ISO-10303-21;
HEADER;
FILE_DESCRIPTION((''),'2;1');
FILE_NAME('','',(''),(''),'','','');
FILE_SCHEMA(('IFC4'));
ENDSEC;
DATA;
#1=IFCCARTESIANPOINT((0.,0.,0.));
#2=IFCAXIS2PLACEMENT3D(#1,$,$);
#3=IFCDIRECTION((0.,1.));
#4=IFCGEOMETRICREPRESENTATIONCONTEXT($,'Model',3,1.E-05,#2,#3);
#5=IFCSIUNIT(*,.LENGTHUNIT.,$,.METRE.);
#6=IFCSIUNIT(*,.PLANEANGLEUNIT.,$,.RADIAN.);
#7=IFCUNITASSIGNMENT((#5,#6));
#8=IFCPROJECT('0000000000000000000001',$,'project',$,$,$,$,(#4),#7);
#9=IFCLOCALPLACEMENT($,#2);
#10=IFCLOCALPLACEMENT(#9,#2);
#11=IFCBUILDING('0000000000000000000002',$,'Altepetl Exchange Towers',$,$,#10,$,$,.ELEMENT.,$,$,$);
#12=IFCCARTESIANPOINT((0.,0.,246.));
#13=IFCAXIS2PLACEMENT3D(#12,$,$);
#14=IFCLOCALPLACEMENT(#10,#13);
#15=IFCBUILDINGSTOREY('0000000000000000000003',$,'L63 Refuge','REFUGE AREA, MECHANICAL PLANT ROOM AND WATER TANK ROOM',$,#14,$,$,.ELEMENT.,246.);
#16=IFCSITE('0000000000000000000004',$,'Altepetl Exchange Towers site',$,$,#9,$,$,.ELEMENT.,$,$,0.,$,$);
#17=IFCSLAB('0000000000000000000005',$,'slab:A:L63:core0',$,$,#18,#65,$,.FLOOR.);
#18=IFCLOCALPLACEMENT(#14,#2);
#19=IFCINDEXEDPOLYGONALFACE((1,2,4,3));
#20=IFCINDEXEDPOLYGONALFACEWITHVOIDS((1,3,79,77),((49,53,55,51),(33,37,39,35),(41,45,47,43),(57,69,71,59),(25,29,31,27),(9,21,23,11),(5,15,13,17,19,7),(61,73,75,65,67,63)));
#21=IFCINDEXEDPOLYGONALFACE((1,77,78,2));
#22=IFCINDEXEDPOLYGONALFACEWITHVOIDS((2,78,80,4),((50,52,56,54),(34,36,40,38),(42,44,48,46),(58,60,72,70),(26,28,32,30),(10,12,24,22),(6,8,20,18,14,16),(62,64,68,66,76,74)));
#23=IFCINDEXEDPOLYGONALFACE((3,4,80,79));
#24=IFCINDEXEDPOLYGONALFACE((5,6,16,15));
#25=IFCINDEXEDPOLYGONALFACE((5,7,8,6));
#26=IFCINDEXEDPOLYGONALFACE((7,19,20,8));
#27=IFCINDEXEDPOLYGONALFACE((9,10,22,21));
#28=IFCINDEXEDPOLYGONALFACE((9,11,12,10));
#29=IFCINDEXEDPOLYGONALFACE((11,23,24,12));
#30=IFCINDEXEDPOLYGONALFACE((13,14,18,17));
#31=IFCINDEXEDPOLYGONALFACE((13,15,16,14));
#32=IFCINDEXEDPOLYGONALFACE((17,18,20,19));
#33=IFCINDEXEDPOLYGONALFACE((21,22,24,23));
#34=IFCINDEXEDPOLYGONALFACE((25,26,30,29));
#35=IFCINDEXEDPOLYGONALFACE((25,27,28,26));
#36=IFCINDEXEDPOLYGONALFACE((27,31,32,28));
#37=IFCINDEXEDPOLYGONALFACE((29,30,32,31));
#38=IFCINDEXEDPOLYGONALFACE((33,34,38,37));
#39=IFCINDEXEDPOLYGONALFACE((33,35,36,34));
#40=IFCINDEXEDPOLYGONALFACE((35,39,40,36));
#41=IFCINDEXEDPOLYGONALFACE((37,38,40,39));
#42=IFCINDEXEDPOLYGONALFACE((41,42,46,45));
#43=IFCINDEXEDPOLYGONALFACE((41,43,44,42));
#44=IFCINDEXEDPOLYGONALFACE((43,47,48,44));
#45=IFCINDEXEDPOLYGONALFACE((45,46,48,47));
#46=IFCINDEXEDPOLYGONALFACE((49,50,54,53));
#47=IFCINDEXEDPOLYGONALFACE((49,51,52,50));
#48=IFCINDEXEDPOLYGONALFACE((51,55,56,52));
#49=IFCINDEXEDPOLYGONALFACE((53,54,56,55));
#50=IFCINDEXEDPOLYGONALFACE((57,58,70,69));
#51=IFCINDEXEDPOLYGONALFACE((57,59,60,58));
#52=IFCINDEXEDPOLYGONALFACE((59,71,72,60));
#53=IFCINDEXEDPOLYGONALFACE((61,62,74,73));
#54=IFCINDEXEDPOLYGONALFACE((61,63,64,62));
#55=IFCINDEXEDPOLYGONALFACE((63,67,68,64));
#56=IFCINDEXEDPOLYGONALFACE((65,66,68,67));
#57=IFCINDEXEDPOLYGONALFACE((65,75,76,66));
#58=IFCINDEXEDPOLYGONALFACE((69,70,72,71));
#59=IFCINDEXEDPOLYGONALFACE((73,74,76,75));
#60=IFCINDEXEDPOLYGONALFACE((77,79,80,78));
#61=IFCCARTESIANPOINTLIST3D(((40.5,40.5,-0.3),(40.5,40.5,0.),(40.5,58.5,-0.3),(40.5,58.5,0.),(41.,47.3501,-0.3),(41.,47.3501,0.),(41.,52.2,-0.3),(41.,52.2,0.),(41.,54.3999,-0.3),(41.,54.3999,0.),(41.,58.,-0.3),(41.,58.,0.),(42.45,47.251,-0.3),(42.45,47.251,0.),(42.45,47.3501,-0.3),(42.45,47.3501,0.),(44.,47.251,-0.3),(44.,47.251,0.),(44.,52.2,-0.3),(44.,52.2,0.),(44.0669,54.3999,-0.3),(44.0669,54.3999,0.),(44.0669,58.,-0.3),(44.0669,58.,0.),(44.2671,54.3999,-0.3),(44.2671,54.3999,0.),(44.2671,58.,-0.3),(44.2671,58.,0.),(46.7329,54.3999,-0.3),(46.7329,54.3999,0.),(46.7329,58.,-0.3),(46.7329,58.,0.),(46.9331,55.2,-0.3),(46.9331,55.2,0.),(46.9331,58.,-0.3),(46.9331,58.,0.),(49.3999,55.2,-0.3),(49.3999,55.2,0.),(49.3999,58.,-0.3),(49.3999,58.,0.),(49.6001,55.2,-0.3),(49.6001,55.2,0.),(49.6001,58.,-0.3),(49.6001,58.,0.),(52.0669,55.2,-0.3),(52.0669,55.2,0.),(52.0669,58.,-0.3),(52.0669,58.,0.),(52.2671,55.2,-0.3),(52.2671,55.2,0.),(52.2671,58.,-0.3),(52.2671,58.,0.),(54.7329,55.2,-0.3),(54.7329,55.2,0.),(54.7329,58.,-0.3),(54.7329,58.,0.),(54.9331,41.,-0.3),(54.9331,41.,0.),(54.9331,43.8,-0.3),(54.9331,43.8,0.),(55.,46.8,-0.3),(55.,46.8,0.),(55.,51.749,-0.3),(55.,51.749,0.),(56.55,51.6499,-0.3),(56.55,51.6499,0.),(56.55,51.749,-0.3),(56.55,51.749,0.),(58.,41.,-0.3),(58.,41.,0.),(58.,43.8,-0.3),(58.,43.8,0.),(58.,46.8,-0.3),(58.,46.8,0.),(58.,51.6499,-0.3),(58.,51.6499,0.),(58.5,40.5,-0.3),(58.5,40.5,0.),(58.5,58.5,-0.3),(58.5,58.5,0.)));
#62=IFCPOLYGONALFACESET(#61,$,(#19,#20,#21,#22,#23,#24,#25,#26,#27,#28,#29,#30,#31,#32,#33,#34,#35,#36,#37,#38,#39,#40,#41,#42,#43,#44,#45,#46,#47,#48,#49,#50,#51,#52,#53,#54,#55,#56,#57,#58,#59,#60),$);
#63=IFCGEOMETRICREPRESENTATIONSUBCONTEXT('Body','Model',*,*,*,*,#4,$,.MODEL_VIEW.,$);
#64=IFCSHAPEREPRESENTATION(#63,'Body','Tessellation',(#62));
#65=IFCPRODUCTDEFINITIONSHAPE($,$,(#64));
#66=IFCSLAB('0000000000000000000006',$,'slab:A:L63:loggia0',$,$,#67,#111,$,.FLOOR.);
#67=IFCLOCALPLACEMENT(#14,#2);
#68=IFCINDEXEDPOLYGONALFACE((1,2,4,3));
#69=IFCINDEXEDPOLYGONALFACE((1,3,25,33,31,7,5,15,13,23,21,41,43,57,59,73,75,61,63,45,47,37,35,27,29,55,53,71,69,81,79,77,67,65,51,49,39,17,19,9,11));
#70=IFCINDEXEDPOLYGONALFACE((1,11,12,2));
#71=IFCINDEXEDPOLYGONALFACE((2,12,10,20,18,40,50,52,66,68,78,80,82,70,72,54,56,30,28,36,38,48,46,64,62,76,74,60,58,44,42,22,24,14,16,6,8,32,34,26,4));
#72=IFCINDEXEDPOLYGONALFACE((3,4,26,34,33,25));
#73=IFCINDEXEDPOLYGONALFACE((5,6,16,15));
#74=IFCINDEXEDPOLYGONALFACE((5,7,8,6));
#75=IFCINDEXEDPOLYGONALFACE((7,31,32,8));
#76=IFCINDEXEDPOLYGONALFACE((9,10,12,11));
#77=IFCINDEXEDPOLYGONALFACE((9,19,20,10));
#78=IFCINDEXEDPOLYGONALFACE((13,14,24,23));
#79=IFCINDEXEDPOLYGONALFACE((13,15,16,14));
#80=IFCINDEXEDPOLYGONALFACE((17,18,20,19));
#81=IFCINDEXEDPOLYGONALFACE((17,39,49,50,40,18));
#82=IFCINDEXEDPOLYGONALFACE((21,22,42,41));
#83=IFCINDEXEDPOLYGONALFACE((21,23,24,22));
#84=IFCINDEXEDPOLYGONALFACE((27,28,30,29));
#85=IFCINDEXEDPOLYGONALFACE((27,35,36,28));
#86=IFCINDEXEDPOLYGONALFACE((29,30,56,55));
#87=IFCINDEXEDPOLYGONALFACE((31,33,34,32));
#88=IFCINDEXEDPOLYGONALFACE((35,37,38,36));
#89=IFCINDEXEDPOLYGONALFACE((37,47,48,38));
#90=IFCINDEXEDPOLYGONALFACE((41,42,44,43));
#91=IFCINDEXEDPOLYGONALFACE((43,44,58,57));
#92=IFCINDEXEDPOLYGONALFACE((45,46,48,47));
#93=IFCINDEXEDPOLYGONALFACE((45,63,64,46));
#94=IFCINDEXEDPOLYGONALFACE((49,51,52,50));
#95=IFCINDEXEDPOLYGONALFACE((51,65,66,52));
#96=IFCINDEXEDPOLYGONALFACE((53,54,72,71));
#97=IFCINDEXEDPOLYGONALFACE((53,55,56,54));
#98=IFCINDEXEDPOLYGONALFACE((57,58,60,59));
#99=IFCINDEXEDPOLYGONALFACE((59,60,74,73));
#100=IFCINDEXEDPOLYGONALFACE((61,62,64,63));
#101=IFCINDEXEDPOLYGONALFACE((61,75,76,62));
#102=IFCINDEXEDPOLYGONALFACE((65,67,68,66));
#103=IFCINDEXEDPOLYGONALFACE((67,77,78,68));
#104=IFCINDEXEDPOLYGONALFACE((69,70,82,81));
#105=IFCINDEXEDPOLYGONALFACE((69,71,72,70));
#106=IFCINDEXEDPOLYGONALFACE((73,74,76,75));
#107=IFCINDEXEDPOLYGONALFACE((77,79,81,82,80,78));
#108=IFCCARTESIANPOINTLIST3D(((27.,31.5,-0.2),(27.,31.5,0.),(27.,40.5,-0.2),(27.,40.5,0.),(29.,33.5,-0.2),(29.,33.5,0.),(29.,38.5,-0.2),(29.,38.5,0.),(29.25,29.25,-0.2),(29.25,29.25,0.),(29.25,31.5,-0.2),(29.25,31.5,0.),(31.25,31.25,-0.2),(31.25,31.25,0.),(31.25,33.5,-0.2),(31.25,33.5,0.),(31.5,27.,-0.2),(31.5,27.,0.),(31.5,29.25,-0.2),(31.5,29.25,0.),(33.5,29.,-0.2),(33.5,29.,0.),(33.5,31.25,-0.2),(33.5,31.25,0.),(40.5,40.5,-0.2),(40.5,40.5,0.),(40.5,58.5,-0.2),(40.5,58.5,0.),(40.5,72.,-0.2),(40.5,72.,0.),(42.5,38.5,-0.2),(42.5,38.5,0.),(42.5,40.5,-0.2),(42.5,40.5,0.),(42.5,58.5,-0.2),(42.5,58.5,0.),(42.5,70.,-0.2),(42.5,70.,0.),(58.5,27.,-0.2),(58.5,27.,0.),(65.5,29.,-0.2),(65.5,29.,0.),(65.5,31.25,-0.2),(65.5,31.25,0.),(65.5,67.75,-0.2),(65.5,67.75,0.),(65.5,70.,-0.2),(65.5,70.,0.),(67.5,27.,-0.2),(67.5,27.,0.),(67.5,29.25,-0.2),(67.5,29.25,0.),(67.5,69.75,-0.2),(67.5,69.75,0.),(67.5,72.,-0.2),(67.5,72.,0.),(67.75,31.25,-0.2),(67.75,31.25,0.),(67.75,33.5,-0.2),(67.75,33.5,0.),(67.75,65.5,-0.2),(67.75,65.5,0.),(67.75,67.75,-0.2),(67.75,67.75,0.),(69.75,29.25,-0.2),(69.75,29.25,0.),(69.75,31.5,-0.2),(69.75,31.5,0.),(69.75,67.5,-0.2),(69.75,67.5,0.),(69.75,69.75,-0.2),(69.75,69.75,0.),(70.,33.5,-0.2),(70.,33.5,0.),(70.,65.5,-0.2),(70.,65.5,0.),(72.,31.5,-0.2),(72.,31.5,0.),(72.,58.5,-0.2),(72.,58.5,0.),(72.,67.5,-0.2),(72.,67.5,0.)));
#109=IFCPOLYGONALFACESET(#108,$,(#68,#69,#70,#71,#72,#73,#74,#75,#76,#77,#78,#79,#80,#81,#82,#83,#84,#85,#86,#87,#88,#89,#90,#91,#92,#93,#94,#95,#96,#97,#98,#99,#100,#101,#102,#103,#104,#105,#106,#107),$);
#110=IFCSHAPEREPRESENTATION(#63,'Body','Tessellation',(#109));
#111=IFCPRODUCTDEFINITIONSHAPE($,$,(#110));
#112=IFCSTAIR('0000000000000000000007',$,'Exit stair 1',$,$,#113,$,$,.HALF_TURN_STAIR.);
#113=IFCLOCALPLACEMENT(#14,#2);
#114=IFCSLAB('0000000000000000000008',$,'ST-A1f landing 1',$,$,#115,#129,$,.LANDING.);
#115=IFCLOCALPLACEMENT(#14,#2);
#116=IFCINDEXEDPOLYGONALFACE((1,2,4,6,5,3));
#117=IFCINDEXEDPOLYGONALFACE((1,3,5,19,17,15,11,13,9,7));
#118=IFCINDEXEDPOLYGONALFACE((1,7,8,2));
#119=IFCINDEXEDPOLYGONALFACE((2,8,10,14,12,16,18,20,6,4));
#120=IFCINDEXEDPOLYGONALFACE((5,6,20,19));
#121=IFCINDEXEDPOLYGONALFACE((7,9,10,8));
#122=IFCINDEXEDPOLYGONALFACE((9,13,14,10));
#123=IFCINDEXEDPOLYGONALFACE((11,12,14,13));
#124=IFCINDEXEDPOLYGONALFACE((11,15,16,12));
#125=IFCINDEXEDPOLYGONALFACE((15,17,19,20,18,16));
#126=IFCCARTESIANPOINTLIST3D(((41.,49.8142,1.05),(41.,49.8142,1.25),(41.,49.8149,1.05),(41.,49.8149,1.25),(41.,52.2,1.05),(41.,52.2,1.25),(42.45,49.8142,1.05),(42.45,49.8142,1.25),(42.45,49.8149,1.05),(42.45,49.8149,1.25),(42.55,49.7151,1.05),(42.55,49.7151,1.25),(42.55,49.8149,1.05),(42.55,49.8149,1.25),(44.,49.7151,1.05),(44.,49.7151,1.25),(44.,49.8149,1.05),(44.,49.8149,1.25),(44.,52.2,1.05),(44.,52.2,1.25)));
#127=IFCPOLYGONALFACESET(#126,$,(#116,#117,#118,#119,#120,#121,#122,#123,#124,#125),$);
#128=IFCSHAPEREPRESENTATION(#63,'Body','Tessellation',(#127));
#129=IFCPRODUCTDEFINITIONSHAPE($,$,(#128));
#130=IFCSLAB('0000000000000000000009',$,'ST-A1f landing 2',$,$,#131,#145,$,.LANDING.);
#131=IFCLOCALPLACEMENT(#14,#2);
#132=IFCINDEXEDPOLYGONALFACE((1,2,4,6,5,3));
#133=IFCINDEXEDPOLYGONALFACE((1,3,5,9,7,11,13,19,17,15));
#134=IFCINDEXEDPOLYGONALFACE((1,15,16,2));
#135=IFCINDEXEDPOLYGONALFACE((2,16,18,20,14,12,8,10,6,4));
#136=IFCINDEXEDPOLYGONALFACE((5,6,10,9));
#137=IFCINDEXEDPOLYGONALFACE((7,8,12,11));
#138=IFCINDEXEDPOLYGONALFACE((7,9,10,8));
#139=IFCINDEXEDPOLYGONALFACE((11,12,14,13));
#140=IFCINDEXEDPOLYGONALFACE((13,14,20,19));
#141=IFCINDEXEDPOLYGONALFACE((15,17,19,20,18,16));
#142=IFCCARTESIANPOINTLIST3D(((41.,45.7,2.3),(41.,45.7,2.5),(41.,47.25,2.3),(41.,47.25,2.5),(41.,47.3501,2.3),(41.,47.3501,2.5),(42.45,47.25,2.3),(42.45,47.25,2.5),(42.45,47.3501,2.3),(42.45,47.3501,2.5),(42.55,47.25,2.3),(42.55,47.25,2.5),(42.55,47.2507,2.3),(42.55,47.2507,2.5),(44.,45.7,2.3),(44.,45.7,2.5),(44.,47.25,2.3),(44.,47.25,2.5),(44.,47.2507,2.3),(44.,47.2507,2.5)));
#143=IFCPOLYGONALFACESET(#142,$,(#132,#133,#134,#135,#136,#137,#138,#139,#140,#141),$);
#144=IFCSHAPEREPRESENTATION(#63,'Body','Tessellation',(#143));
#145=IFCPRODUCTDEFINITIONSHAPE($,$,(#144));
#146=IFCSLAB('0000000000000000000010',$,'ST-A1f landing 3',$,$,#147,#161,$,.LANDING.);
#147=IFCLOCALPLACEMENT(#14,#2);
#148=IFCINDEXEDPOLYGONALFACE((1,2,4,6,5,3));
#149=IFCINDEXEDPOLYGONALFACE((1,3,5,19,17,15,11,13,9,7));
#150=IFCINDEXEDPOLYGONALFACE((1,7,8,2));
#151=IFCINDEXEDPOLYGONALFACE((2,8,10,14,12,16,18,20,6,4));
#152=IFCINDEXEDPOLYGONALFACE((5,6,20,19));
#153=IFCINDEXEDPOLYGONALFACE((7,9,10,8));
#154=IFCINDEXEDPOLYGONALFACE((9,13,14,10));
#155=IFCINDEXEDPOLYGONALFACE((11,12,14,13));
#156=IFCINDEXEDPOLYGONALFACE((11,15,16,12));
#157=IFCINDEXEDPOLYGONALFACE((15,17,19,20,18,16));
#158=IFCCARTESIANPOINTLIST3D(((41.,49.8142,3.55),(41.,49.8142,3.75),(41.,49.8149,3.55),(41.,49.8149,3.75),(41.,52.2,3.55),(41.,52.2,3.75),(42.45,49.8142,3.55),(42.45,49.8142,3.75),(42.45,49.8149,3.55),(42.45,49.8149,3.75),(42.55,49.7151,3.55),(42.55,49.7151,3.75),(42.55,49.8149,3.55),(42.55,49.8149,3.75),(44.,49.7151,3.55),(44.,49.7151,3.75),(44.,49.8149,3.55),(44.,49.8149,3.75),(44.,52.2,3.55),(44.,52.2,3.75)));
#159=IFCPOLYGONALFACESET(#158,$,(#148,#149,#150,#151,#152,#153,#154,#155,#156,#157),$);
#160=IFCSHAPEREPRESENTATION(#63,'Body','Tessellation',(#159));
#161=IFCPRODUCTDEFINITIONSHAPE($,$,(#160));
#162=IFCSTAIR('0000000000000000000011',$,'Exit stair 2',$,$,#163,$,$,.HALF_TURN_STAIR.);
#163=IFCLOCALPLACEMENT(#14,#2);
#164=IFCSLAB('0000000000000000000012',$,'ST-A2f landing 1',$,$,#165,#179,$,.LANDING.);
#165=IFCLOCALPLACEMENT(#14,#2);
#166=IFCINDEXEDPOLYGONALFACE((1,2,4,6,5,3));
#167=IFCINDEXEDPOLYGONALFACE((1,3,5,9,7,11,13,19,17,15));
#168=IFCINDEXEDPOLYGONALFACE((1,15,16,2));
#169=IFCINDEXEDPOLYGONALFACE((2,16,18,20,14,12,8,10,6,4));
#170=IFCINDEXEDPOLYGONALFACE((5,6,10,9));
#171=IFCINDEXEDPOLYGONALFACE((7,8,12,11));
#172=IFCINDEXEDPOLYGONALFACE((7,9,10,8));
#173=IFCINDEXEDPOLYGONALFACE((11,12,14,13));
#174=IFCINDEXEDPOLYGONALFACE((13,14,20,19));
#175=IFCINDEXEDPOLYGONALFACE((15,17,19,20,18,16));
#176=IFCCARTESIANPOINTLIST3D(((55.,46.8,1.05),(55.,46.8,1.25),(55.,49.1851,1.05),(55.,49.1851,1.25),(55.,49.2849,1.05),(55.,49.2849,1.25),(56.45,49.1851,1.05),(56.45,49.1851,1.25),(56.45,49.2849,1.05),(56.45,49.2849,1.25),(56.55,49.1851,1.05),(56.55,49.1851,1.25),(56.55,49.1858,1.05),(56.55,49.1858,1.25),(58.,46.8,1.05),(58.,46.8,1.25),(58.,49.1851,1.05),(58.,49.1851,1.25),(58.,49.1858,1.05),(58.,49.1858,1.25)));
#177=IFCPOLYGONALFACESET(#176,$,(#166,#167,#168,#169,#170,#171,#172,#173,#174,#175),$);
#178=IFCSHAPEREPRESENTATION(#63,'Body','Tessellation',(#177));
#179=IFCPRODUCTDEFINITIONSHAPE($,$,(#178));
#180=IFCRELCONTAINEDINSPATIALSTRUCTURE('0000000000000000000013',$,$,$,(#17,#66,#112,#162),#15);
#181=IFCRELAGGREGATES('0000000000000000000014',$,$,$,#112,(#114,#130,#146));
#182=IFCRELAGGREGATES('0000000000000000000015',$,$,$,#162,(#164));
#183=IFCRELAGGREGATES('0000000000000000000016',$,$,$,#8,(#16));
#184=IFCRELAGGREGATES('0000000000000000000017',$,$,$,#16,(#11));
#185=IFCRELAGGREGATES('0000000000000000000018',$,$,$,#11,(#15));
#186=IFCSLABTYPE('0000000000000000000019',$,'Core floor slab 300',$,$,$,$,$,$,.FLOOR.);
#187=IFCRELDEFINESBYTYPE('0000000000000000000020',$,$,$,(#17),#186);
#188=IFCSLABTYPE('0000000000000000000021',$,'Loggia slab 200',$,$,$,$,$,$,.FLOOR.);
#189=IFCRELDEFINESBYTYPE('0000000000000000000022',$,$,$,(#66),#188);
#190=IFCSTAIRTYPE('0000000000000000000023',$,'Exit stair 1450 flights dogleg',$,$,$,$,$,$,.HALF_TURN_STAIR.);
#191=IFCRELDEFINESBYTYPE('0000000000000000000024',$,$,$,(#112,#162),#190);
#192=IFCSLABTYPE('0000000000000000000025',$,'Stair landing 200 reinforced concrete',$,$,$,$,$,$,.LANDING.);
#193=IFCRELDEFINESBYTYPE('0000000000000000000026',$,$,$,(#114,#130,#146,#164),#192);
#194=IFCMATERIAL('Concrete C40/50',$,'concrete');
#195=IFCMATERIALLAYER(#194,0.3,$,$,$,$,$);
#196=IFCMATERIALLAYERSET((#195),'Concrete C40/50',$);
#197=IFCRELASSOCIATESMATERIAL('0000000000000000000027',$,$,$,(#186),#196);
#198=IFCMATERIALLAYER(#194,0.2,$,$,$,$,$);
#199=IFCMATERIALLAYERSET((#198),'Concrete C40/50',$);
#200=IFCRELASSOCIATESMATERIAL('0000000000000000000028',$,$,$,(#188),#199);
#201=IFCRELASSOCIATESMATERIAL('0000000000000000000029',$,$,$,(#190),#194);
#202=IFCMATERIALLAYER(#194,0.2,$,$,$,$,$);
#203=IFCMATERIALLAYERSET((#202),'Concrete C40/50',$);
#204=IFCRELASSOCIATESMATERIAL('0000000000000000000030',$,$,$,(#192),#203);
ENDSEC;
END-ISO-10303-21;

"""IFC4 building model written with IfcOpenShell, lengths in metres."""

from ifc_helpers import new_model, si_unit, direction, frame, origin, place, context, subcontext, project, spatial, polyline, outline, extrude, material, layer, layer_set, type_object, element, aggregate, save


model = new_model("IFC4")

# Units and contexts
model_context = context("Model", 3, precision=1e-05, world=origin(), true_north=direction((0.0, 1.0)))
body_context = subcontext(model_context, "Body", "Model", "MODEL_VIEW")
ifc_project = project(units=[si_unit("LENGTHUNIT", "METRE"), si_unit("PLANEANGLEUNIT", "RADIAN")], contexts=[model_context])

# Site, building, storey
site_placement = place(None, origin())
site = spatial("IfcSite", under=ifc_project, at=site_placement, Name="Altepetl Exchange Towers site", CompositionType="ELEMENT", RefElevation=0.0)
building_placement = place(site_placement, origin())
building = spatial("IfcBuilding", under=site, at=building_placement, Name="Altepetl Exchange Towers", CompositionType="ELEMENT")
storey_placement = place(building_placement, frame((0.0, 0.0, 246.0)))
storey = spatial("IfcBuildingStorey", under=building, at=storey_placement, Name="L63 Refuge", Description="REFUGE AREA, MECHANICAL PLANT ROOM AND WATER TANK ROOM", CompositionType="ELEMENT", Elevation=246.0)

# Slabs
ifc_material_1 = material(Name="Concrete C40/50", Category="concrete")
ifc_layer_1 = layer(ifc_material_1, 0.3)
ifc_layer_set_1 = layer_set([ifc_layer_1], Name="Concrete C40/50")
slab_type_1 = type_object("IfcSlabType", Name="Core floor slab 300", PredefinedType="FLOOR", material=ifc_layer_set_1)
slab_1_placement = place(storey_placement, frame((0.0, 0.0, -0.3)))
element("IfcSlab", 1, at=slab_1_placement, inside=storey, type_object=slab_type_1, Name="slab:A:L63:core0", PredefinedType="FLOOR", context=body_context, shape_type="SweptSolid", body=[
    extrude(outline(polyline([(40.5, 40.5), (58.5, 40.5), (58.5, 58.5), (40.5, 58.5), (40.5, 40.5)]), holes=[polyline([(54.9331, 43.8), (58.0, 43.8), (58.0, 41.0), (54.9331, 41.0), (54.9331, 43.8)]), polyline([(55.0, 51.749), (56.55, 51.749), (56.55, 51.6499), (58.0, 51.6499), (58.0, 46.8), (55.0, 46.8), (55.0, 51.749)]), polyline([(44.0, 47.251), (42.45, 47.251), (42.45, 47.3501), (41.0, 47.3501), (41.0, 52.2), (44.0, 52.2), (44.0, 47.251)]), polyline([(41.0, 58.0), (44.0669, 58.0), (44.0669, 54.3999), (41.0, 54.3999), (41.0, 58.0)]), polyline([(44.2671, 58.0), (46.7329, 58.0), (46.7329, 54.3999), (44.2671, 54.3999), (44.2671, 58.0)]), polyline([(46.9331, 58.0), (49.3999, 58.0), (49.3999, 55.2), (46.9331, 55.2), (46.9331, 58.0)]), polyline([(49.6001, 58.0), (52.0669, 58.0), (52.0669, 55.2), (49.6001, 55.2), (49.6001, 58.0)]), polyline([(52.2671, 58.0), (54.7329, 58.0), (54.7329, 55.2), (52.2671, 55.2), (52.2671, 58.0)])]), origin(), (0.0, 0.0, 1.0), 0.3),
])
ifc_layer_2 = layer(ifc_material_1, 0.2)
ifc_layer_set_2 = layer_set([ifc_layer_2], Name="Concrete C40/50")
slab_type_2 = type_object("IfcSlabType", Name="Loggia slab 200", PredefinedType="FLOOR", material=ifc_layer_set_2)
slab_2_placement = place(storey_placement, frame((0.0, 0.0, -0.2)))
element("IfcSlab", 2, at=slab_2_placement, inside=storey, type_object=slab_type_2, Name="slab:A:L63:loggia0", PredefinedType="FLOOR", context=body_context, shape_type="SweptSolid", body=[
    extrude(outline(polyline([(40.5, 72.0), (40.5, 58.5), (42.5, 58.5), (42.5, 70.0), (65.5, 70.0), (65.5, 67.75), (67.75, 67.75), (67.75, 65.5), (70.0, 65.5), (70.0, 33.5), (67.75, 33.5), (67.75, 31.25), (65.5, 31.25), (65.5, 29.0), (33.5, 29.0), (33.5, 31.25), (31.25, 31.25), (31.25, 33.5), (29.0, 33.5), (29.0, 38.5), (42.5, 38.5), (42.5, 40.5), (40.5, 40.5), (27.0, 40.5), (27.0, 31.5), (29.25, 31.5), (29.25, 29.25), (31.5, 29.25), (31.5, 27.0), (58.5, 27.0), (67.5, 27.0), (67.5, 29.25), (69.75, 29.25), (69.75, 31.5), (72.0, 31.5), (72.0, 58.5), (72.0, 67.5), (69.75, 67.5), (69.75, 69.75), (67.5, 69.75), (67.5, 72.0), (40.5, 72.0)])), origin(), (0.0, 0.0, 1.0), 0.2),
])

# Stairs, slabs
stair_type = type_object("IfcStairType", Name="Exit stair 1450 flights dogleg", PredefinedType="HALF_TURN_STAIR", material=ifc_material_1)
stair_1_placement = place(storey_placement, origin())
stair_1 = element("IfcStair", 3, at=stair_1_placement, inside=storey, type_object=stair_type, Name="Exit stair 1", PredefinedType="HALF_TURN_STAIR")
ifc_layer_3 = layer(ifc_material_1, 0.2)
ifc_layer_set_3 = layer_set([ifc_layer_3], Name="Concrete C40/50")
slab_type_3 = type_object("IfcSlabType", Name="Stair landing 200 reinforced concrete", PredefinedType="LANDING", material=ifc_layer_set_3)
slab_3_placement = place(storey_placement, frame((0.0, 0.0, 1.05)))
slab_3 = element("IfcSlab", 4, at=slab_3_placement, type_object=slab_type_3, Name="ST-A1f landing 1", PredefinedType="LANDING", context=body_context, shape_type="SweptSolid", body=[
    extrude(outline(polyline([(44.0, 49.7151), (42.55, 49.7151), (42.55, 49.8149), (42.45, 49.8149), (42.45, 49.8142), (41.0, 49.8142), (41.0, 49.8149), (41.0, 52.2), (44.0, 52.2), (44.0, 49.8149), (44.0, 49.7151)])), origin(), (0.0, 0.0, 1.0), 0.2),
])
slab_4_placement = place(storey_placement, frame((0.0, 0.0, 2.3)))
slab_4 = element("IfcSlab", 5, at=slab_4_placement, type_object=slab_type_3, Name="ST-A1f landing 2", PredefinedType="LANDING", context=body_context, shape_type="SweptSolid", body=[
    extrude(outline(polyline([(44.0, 45.7), (41.0, 45.7), (41.0, 47.25), (41.0, 47.3501), (42.45, 47.3501), (42.45, 47.25), (42.55, 47.25), (42.55, 47.2507), (44.0, 47.2507), (44.0, 47.25), (44.0, 45.7)])), origin(), (0.0, 0.0, 1.0), 0.2),
])
slab_5_placement = place(storey_placement, frame((0.0, 0.0, 3.55)))
slab_5 = element("IfcSlab", 6, at=slab_5_placement, type_object=slab_type_3, Name="ST-A1f landing 3", PredefinedType="LANDING", context=body_context, shape_type="SweptSolid", body=[
    extrude(outline(polyline([(44.0, 49.7151), (42.55, 49.7151), (42.55, 49.8149), (42.45, 49.8149), (42.45, 49.8142), (41.0, 49.8142), (41.0, 49.8149), (41.0, 52.2), (44.0, 52.2), (44.0, 49.8149), (44.0, 49.7151)])), origin(), (0.0, 0.0, 1.0), 0.2),
])
aggregate(stair_1, [slab_3, slab_4, slab_5])
stair_2_placement = place(storey_placement, origin())
stair_2 = element("IfcStair", 7, at=stair_2_placement, inside=storey, type_object=stair_type, Name="Exit stair 2", PredefinedType="HALF_TURN_STAIR")
slab_6_placement = place(storey_placement, frame((0.0, 0.0, 1.05)))
slab_6 = element("IfcSlab", 8, at=slab_6_placement, type_object=slab_type_3, Name="ST-A2f landing 1", PredefinedType="LANDING", context=body_context, shape_type="SweptSolid", body=[
    extrude(outline(polyline([(58.0, 46.8), (55.0, 46.8), (55.0, 49.1851), (55.0, 49.2849), (56.45, 49.2849), (56.45, 49.1851), (56.55, 49.1851), (56.55, 49.1858), (58.0, 49.1858), (58.0, 49.1851), (58.0, 46.8)])), origin(), (0.0, 0.0, 1.0), 0.2),
])
aggregate(stair_2, [slab_6])

save(model, "model.ifc")
